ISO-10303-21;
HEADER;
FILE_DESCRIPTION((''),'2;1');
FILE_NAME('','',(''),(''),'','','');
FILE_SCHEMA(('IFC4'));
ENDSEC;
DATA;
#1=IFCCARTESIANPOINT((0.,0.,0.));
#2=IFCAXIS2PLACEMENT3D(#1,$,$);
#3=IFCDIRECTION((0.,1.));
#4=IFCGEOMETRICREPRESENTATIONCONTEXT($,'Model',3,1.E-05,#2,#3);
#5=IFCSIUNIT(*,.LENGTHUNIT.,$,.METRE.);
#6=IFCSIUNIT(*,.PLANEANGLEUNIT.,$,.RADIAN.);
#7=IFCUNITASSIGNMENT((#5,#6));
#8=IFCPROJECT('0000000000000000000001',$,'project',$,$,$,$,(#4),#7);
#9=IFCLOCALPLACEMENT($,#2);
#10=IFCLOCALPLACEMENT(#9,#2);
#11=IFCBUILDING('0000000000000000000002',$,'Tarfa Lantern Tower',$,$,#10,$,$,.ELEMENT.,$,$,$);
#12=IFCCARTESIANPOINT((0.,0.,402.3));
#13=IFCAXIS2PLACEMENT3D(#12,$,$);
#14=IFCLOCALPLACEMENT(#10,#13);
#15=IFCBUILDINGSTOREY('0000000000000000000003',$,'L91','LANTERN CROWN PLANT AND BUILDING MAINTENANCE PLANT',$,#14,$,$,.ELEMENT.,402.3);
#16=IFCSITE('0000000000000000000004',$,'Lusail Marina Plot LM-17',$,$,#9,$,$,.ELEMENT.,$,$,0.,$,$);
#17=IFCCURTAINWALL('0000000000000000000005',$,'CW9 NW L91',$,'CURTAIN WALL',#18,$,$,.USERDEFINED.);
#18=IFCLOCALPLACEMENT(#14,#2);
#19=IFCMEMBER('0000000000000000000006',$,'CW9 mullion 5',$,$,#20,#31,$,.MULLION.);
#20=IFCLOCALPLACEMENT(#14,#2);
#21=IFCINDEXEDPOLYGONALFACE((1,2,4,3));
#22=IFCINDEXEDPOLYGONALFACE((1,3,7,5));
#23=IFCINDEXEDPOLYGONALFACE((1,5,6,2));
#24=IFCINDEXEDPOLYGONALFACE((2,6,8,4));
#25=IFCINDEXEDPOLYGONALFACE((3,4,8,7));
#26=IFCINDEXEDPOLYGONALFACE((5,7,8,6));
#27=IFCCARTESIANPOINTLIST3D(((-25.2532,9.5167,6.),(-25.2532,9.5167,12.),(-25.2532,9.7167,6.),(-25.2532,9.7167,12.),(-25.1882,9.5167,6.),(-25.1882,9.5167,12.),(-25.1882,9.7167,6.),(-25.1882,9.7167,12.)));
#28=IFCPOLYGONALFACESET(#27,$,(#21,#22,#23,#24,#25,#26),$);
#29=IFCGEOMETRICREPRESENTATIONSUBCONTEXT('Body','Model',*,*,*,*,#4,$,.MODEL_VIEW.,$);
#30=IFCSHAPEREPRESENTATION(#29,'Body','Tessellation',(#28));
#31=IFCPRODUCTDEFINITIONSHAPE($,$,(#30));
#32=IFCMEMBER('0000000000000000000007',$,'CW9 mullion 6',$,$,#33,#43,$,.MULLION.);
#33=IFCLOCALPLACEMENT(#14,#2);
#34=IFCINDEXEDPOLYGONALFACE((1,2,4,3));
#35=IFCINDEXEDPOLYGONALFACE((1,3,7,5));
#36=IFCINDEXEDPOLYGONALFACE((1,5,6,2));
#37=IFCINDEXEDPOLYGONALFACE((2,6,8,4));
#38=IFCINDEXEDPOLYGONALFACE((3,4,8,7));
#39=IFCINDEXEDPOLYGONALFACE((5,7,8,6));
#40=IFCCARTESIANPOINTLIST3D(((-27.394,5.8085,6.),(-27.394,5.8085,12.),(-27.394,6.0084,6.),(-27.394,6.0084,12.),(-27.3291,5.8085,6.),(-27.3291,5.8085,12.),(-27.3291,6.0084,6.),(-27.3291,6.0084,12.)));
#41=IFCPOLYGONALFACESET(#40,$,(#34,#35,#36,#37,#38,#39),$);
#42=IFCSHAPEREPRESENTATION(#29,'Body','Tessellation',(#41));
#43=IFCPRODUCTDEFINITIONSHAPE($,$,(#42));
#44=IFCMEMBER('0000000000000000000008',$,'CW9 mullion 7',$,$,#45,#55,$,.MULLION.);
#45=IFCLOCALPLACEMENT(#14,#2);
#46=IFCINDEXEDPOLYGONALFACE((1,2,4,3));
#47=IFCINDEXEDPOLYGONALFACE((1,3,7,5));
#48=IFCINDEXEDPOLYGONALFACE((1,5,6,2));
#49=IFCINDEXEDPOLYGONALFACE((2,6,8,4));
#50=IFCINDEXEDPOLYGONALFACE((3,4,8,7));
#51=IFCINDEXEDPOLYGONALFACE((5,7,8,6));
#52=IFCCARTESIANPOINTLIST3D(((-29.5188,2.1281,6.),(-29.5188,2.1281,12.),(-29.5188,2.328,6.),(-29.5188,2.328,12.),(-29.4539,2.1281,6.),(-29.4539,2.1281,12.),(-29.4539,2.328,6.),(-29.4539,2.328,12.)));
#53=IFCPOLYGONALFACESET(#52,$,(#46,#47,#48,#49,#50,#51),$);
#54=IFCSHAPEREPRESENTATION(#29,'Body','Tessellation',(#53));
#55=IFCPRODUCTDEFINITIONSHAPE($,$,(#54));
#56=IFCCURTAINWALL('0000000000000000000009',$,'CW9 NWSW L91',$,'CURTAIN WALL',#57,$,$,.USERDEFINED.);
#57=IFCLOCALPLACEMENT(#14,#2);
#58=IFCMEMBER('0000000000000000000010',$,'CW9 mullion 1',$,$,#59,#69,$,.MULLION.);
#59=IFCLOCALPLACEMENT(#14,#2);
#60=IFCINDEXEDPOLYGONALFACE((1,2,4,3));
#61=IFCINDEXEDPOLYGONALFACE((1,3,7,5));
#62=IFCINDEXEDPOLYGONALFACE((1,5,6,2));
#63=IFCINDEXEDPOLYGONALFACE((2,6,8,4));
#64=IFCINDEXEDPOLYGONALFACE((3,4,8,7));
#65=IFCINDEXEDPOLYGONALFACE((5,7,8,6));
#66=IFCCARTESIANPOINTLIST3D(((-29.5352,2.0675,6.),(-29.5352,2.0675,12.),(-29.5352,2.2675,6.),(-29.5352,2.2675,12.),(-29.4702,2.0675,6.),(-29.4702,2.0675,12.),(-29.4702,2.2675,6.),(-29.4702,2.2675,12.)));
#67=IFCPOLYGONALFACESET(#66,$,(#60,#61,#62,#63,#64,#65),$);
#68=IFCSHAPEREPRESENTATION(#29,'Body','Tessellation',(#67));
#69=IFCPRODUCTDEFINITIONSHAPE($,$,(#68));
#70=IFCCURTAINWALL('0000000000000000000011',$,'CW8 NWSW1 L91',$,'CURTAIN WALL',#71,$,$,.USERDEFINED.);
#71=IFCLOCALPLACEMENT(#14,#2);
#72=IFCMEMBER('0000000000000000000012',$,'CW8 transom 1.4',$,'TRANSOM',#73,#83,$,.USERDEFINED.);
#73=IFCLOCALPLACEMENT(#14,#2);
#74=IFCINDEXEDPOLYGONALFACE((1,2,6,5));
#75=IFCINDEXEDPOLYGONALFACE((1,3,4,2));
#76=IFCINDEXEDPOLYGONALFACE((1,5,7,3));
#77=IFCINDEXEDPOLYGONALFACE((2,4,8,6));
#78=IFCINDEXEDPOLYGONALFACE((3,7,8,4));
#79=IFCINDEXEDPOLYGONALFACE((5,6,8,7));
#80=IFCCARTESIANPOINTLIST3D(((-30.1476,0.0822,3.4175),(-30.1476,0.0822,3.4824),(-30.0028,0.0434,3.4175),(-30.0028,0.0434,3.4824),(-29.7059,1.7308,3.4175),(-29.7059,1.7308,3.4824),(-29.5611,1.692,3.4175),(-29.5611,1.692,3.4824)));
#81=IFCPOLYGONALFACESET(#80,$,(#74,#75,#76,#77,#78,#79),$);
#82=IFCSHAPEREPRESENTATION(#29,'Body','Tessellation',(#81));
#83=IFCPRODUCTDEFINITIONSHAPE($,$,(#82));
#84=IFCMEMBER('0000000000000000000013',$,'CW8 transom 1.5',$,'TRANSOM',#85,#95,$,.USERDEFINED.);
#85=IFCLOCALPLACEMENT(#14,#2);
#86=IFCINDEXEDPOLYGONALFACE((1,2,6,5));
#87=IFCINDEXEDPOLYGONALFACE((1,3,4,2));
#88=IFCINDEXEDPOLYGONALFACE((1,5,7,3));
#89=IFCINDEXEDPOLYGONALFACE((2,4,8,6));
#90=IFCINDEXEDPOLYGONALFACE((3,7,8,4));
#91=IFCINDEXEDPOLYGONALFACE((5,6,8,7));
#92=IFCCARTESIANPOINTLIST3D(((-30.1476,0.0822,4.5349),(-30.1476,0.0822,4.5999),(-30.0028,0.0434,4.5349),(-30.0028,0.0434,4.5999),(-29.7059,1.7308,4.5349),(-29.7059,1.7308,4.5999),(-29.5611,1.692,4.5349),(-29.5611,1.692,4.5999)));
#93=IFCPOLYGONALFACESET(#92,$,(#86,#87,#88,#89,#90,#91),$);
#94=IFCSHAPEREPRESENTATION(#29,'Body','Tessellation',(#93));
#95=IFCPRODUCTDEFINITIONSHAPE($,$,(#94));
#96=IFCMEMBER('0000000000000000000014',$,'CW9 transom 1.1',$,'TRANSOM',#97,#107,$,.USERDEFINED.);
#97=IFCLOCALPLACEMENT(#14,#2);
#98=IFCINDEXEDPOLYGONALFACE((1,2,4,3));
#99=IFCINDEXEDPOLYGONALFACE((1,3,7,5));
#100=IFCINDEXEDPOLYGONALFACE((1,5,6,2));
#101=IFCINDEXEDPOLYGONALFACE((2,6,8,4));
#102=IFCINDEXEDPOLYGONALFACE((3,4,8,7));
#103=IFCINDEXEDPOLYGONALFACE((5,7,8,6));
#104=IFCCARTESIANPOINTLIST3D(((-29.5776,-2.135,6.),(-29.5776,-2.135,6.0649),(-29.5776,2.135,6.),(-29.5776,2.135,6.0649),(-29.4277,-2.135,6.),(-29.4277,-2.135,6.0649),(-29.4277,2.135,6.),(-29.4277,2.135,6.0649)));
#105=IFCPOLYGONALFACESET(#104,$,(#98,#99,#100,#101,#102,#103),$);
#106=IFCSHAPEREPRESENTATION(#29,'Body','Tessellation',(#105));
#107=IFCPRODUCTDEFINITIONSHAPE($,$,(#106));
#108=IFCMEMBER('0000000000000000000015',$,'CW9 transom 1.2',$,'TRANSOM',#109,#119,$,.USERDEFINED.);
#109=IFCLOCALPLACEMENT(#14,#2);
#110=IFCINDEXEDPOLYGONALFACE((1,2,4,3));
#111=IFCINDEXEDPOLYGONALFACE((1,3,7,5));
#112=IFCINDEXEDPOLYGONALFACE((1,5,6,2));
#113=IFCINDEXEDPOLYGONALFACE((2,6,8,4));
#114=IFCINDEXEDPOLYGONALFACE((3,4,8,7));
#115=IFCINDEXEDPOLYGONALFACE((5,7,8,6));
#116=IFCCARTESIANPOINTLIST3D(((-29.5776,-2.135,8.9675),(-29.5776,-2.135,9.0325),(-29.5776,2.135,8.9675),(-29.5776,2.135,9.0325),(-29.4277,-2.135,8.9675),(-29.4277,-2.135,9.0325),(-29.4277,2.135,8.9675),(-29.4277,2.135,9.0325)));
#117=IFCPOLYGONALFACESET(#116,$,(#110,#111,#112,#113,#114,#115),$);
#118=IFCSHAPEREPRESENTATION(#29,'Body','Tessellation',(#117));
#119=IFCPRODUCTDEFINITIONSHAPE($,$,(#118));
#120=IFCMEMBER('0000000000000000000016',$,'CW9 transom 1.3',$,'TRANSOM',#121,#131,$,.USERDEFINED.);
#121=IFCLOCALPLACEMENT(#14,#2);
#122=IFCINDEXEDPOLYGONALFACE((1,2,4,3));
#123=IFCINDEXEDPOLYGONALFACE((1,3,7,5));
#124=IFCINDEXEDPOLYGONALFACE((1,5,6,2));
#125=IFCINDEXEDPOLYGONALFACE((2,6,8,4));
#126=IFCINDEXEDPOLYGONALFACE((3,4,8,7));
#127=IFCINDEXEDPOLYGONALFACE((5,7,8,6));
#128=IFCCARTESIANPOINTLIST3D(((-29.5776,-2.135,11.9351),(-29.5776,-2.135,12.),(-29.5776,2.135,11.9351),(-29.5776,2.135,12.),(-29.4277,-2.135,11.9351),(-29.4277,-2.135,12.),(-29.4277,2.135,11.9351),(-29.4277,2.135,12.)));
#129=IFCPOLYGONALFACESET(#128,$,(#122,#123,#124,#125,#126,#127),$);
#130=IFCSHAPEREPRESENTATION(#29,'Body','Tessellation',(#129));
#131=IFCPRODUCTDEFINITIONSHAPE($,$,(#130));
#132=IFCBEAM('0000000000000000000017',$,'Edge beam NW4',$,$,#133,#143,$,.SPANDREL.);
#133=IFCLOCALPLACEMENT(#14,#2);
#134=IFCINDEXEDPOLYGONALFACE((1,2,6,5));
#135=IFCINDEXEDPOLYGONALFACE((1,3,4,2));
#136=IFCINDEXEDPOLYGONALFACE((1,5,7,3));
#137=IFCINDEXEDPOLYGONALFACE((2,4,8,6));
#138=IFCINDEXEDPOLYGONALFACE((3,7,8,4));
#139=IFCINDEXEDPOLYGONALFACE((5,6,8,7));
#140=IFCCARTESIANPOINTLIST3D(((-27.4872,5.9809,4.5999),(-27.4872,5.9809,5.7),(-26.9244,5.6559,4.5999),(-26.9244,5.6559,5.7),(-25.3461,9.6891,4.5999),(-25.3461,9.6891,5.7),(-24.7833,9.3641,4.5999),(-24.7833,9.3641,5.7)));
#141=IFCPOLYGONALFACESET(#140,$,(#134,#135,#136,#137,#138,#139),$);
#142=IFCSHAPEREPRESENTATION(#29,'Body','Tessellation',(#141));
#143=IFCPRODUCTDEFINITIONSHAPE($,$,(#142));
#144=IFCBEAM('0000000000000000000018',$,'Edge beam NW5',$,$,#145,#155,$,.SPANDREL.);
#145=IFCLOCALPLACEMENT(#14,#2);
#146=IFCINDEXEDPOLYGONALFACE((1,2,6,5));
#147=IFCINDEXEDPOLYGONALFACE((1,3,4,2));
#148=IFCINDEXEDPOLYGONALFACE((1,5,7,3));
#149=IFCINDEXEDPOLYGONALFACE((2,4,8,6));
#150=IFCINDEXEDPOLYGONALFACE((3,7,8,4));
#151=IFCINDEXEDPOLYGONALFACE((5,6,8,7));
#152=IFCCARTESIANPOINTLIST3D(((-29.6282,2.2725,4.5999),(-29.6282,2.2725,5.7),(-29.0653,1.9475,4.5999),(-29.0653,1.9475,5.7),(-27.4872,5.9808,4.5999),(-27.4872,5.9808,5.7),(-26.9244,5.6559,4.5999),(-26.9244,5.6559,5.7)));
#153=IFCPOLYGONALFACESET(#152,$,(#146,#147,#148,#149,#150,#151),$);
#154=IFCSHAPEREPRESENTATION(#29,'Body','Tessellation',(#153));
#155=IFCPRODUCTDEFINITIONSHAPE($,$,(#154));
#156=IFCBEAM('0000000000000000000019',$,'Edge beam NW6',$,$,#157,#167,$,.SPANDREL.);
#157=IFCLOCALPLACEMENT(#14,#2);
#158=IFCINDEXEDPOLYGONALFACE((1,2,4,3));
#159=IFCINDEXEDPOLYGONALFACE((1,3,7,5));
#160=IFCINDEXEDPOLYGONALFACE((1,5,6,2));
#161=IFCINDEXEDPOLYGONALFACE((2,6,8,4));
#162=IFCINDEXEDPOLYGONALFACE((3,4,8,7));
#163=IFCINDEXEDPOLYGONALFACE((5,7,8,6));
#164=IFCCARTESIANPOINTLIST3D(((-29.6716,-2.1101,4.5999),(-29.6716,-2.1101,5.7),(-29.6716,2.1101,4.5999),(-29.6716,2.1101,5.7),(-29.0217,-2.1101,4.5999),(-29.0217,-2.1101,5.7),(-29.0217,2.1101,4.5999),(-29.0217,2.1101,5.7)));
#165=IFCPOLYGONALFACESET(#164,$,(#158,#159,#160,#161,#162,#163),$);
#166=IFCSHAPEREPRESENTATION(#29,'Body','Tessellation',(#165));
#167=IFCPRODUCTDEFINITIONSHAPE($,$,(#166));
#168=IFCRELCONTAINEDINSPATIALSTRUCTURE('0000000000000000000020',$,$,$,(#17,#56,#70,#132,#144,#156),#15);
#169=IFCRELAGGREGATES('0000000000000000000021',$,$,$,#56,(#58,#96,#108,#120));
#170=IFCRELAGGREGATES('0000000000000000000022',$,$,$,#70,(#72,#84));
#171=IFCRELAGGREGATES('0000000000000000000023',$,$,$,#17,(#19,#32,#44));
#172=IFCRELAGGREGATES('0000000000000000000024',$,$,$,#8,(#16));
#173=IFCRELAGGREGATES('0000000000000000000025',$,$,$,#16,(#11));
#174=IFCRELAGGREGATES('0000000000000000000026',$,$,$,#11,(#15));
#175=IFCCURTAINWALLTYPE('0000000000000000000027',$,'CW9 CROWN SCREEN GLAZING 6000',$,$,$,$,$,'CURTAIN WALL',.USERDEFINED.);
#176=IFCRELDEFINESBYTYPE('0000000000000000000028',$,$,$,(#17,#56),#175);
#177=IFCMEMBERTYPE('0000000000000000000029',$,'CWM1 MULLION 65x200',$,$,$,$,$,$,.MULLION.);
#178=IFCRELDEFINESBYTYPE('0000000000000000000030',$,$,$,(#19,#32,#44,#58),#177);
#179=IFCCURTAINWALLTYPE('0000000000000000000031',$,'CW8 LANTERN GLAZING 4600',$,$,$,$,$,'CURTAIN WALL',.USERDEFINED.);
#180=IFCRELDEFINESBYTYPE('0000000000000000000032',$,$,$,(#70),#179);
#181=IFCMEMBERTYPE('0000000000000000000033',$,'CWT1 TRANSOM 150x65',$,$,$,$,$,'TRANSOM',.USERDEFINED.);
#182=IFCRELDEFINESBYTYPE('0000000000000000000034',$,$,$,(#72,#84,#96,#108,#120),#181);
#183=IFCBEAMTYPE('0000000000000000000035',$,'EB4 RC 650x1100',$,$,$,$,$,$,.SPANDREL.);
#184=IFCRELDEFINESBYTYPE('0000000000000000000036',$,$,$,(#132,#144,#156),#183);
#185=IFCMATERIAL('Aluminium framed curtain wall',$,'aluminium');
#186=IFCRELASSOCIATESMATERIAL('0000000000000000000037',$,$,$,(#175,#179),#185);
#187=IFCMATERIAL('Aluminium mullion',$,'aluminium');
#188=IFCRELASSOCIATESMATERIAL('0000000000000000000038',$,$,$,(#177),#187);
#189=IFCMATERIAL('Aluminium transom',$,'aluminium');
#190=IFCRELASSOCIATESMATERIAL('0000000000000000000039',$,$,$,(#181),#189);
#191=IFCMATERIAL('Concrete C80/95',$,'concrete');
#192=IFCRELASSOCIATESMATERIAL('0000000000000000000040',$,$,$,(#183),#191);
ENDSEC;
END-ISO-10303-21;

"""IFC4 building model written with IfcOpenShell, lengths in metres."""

from ifc_helpers import new_model, si_unit, direction, frame, origin, origin_2d, place, context, subcontext, project, spatial, rectangle, extrude, material, material_profile, profile_set, type_object, element, aggregate, save


model = new_model("IFC4")

# Units and contexts
model_context = context("Model", 3, precision=1e-05, world=origin(), true_north=direction((0.0, 1.0)))
body_context = subcontext(model_context, "Body", "Model", "MODEL_VIEW")
ifc_project = project(units=[si_unit("LENGTHUNIT", "METRE"), si_unit("PLANEANGLEUNIT", "RADIAN")], contexts=[model_context])

# Site, building, storey
site_placement = place(None, origin())
site = spatial("IfcSite", under=ifc_project, at=site_placement, Name="Lusail Marina Plot LM-17", CompositionType="ELEMENT", RefElevation=0.0)
building_placement = place(site_placement, origin())
building = spatial("IfcBuilding", under=site, at=building_placement, Name="Tarfa Lantern Tower", CompositionType="ELEMENT")
storey_placement = place(building_placement, frame((0.0, 0.0, 402.3)))
storey = spatial("IfcBuildingStorey", under=building, at=storey_placement, Name="L91", Description="LANTERN CROWN PLANT AND BUILDING MAINTENANCE PLANT", CompositionType="ELEMENT", Elevation=402.3)

# Curtain wall, members
ifc_material_1 = material(Name="Aluminium framed curtain wall", Category="aluminium")
curtain_wall_type_1 = type_object("IfcCurtainWallType", Name="CW9 CROWN SCREEN GLAZING 6000", ElementType="CURTAIN WALL", PredefinedType="USERDEFINED", material=ifc_material_1)
curtain_wall_1_placement = place(storey_placement, origin())
curtain_wall_1 = element("IfcCurtainWall", 1, at=curtain_wall_1_placement, inside=storey, type_object=curtain_wall_type_1, Name="CW9 NW L91", ObjectType="CURTAIN WALL", PredefinedType="USERDEFINED")
ifc_material_2 = material(Name="Aluminium mullion", Category="aluminium")
ifc_material_profile_1 = material_profile(ifc_material_2, rectangle(XDim=0.0649, YDim=0.2, at=origin_2d()), Name="AL MULLION 65x200")
ifc_profile_set_1 = profile_set([ifc_material_profile_1], Name="Aluminium mullion")
member_type_1 = type_object("IfcMemberType", Name="CWM1 MULLION 65x200", PredefinedType="MULLION", material=ifc_profile_set_1)
member_1_placement = place(storey_placement, frame((-25.2207, 9.6167, 6.0), z_axis=(0.0, 0.0, 1.0), x_axis=(1.0, 0.0, 0.0)))
member_1 = element("IfcMember", 2, at=member_1_placement, type_object=member_type_1, Name="CW9 mullion 5", PredefinedType="MULLION", context=body_context, shape_type="SweptSolid", body=[
    extrude(rectangle(XDim=0.0649, YDim=0.2, at=origin_2d()), origin(), (0.0, 0.0, 1.0), 6.0),
])
member_2_placement = place(storey_placement, frame((-27.3616, 5.9084, 6.0), z_axis=(0.0, 0.0, 1.0), x_axis=(1.0, 0.0, 0.0)))
member_2 = element("IfcMember", 3, at=member_2_placement, type_object=member_type_1, Name="CW9 mullion 6", PredefinedType="MULLION", context=body_context, shape_type="SweptSolid", body=[
    extrude(rectangle(XDim=0.0649, YDim=0.2, at=origin_2d()), origin(), (0.0, 0.0, 1.0), 6.0),
])
member_3_placement = place(storey_placement, frame((-29.4863, 2.228, 6.0), z_axis=(0.0, 0.0, 1.0), x_axis=(1.0, 0.0, 0.0)))
member_3 = element("IfcMember", 4, at=member_3_placement, type_object=member_type_1, Name="CW9 mullion 7", PredefinedType="MULLION", context=body_context, shape_type="SweptSolid", body=[
    extrude(rectangle(XDim=0.0649, YDim=0.2, at=origin_2d()), origin(), (0.0, 0.0, 1.0), 6.0),
])

# Curtain wall, member
curtain_wall_2_placement = place(storey_placement, origin())
curtain_wall_2 = element("IfcCurtainWall", 5, at=curtain_wall_2_placement, inside=storey, type_object=curtain_wall_type_1, Name="CW9 NWSW L91", ObjectType="CURTAIN WALL", PredefinedType="USERDEFINED")
member_4_placement = place(storey_placement, frame((-29.5027, 2.1675, 6.0), z_axis=(0.0, 0.0, 1.0), x_axis=(1.0, 0.0, 0.0)))
member_4 = element("IfcMember", 6, at=member_4_placement, type_object=member_type_1, Name="CW9 mullion 1", PredefinedType="MULLION", context=body_context, shape_type="SweptSolid", body=[
    extrude(rectangle(XDim=0.0649, YDim=0.2, at=origin_2d()), origin(), (0.0, 0.0, 1.0), 6.0),
])

# Curtain wall, members
curtain_wall_type_2 = type_object("IfcCurtainWallType", Name="CW8 LANTERN GLAZING 4600", ElementType="CURTAIN WALL", PredefinedType="USERDEFINED", material=ifc_material_1)
curtain_wall_3_placement = place(storey_placement, origin())
curtain_wall_3 = element("IfcCurtainWall", 7, at=curtain_wall_3_placement, inside=storey, type_object=curtain_wall_type_2, Name="CW8 NWSW1 L91", ObjectType="CURTAIN WALL", PredefinedType="USERDEFINED")
ifc_material_3 = material(Name="Aluminium transom", Category="aluminium")
ifc_material_profile_2 = material_profile(ifc_material_3, rectangle(XDim=0.1499, YDim=0.0649, at=origin_2d()), Name="AL TRANSOM 150x65")
ifc_profile_set_2 = profile_set([ifc_material_profile_2], Name="Aluminium transom")
member_type_2 = type_object("IfcMemberType", Name="CWT1 TRANSOM 150x65", ElementType="TRANSOM", PredefinedType="USERDEFINED", material=ifc_profile_set_2)
member_5_placement = place(storey_placement, frame((-29.6335, 1.7114, 3.45), z_axis=(-0.258758, -0.965942, 0.0), x_axis=(0.965942, -0.258758, 0.0)))
member_5 = element("IfcMember", 8, at=member_5_placement, type_object=member_type_2, Name="CW8 transom 1.4", ObjectType="TRANSOM", PredefinedType="USERDEFINED", context=body_context, shape_type="SweptSolid", body=[
    extrude(rectangle(XDim=0.1499, YDim=0.0649, at=origin_2d()), origin(), (0.0, 0.0, 1.0), 1.7068),
])
member_6_placement = place(storey_placement, frame((-29.6335, 1.7114, 4.5674), z_axis=(-0.258758, -0.965942, 0.0), x_axis=(0.965942, -0.258758, 0.0)))
member_6 = element("IfcMember", 9, at=member_6_placement, type_object=member_type_2, Name="CW8 transom 1.5", ObjectType="TRANSOM", PredefinedType="USERDEFINED", context=body_context, shape_type="SweptSolid", body=[
    extrude(rectangle(XDim=0.1499, YDim=0.0649, at=origin_2d()), origin(), (0.0, 0.0, 1.0), 1.7068),
])

# Members
member_7_placement = place(storey_placement, frame((-29.5027, 2.135, 6.0325), z_axis=(0.0, -1.0, 0.0), x_axis=(1.0, 0.0, 0.0)))
member_7 = element("IfcMember", 10, at=member_7_placement, type_object=member_type_2, Name="CW9 transom 1.1", ObjectType="TRANSOM", PredefinedType="USERDEFINED", context=body_context, shape_type="SweptSolid", body=[
    extrude(rectangle(XDim=0.1499, YDim=0.0649, at=origin_2d()), origin(), (0.0, 0.0, 1.0), 4.27),
])
member_8_placement = place(storey_placement, frame((-29.5027, 2.135, 9.0), z_axis=(0.0, -1.0, 0.0), x_axis=(1.0, 0.0, 0.0)))
member_8 = element("IfcMember", 11, at=member_8_placement, type_object=member_type_2, Name="CW9 transom 1.2", ObjectType="TRANSOM", PredefinedType="USERDEFINED", context=body_context, shape_type="SweptSolid", body=[
    extrude(rectangle(XDim=0.1499, YDim=0.0649, at=origin_2d()), origin(), (0.0, 0.0, 1.0), 4.27),
])
member_9_placement = place(storey_placement, frame((-29.5027, 2.135, 11.9675), z_axis=(0.0, -1.0, 0.0), x_axis=(1.0, 0.0, 0.0)))
member_9 = element("IfcMember", 12, at=member_9_placement, type_object=member_type_2, Name="CW9 transom 1.3", ObjectType="TRANSOM", PredefinedType="USERDEFINED", context=body_context, shape_type="SweptSolid", body=[
    extrude(rectangle(XDim=0.1499, YDim=0.0649, at=origin_2d()), origin(), (0.0, 0.0, 1.0), 4.27),
])
aggregate(curtain_wall_2, [member_4, member_7, member_8, member_9])

# Beams
ifc_material_4 = material(Name="Concrete C80/95", Category="concrete")
ifc_material_profile_3 = material_profile(ifc_material_4, rectangle(XDim=0.6499, YDim=1.1001, at=origin_2d()), Name="RC 650x1100")
ifc_profile_set_3 = profile_set([ifc_material_profile_3], Name="Concrete C80/95")
beam_type_1 = type_object("IfcBeamType", Name="EB4 RC 650x1100", PredefinedType="SPANDREL", material=ifc_profile_set_3)
for number, where, z_axis, x_axis, name in (
    (13, (-25.0647, 9.5266, 5.1499), (-0.500027, -0.86601, 0.0), (0.86601, -0.500027, 0.0), "Edge beam NW4"),
    (14, (-27.2058, 5.8184, 5.1499), (-0.499984, -0.866035, 0.0), (0.866035, -0.499984, 0.0), "Edge beam NW5"),
):
    element("IfcBeam", number, at=place(storey_placement, frame(where, z_axis=z_axis, x_axis=x_axis)), inside=storey, type_object=beam_type_1, Name=name, PredefinedType="SPANDREL", context=body_context, shape_type="SweptSolid", body=[
        extrude(rectangle(XDim=0.6499, YDim=1.1001, at=origin_2d()), origin(), (0.0, 0.0, 1.0), 4.282),
    ])
beam_1_placement = place(storey_placement, frame((-29.3467, 2.1101, 5.1499), z_axis=(0.0, -1.0, 0.0), x_axis=(1.0, 0.0, 0.0)))
element("IfcBeam", 15, at=beam_1_placement, inside=storey, type_object=beam_type_1, Name="Edge beam NW6", PredefinedType="SPANDREL", context=body_context, shape_type="SweptSolid", body=[
    extrude(rectangle(XDim=0.6499, YDim=1.1001, at=origin_2d()), origin(), (0.0, 0.0, 1.0), 4.2202),
])

aggregate(curtain_wall_3, [member_5, member_6])

aggregate(curtain_wall_1, [member_1, member_2, member_3])

save(model, "model.ifc")
